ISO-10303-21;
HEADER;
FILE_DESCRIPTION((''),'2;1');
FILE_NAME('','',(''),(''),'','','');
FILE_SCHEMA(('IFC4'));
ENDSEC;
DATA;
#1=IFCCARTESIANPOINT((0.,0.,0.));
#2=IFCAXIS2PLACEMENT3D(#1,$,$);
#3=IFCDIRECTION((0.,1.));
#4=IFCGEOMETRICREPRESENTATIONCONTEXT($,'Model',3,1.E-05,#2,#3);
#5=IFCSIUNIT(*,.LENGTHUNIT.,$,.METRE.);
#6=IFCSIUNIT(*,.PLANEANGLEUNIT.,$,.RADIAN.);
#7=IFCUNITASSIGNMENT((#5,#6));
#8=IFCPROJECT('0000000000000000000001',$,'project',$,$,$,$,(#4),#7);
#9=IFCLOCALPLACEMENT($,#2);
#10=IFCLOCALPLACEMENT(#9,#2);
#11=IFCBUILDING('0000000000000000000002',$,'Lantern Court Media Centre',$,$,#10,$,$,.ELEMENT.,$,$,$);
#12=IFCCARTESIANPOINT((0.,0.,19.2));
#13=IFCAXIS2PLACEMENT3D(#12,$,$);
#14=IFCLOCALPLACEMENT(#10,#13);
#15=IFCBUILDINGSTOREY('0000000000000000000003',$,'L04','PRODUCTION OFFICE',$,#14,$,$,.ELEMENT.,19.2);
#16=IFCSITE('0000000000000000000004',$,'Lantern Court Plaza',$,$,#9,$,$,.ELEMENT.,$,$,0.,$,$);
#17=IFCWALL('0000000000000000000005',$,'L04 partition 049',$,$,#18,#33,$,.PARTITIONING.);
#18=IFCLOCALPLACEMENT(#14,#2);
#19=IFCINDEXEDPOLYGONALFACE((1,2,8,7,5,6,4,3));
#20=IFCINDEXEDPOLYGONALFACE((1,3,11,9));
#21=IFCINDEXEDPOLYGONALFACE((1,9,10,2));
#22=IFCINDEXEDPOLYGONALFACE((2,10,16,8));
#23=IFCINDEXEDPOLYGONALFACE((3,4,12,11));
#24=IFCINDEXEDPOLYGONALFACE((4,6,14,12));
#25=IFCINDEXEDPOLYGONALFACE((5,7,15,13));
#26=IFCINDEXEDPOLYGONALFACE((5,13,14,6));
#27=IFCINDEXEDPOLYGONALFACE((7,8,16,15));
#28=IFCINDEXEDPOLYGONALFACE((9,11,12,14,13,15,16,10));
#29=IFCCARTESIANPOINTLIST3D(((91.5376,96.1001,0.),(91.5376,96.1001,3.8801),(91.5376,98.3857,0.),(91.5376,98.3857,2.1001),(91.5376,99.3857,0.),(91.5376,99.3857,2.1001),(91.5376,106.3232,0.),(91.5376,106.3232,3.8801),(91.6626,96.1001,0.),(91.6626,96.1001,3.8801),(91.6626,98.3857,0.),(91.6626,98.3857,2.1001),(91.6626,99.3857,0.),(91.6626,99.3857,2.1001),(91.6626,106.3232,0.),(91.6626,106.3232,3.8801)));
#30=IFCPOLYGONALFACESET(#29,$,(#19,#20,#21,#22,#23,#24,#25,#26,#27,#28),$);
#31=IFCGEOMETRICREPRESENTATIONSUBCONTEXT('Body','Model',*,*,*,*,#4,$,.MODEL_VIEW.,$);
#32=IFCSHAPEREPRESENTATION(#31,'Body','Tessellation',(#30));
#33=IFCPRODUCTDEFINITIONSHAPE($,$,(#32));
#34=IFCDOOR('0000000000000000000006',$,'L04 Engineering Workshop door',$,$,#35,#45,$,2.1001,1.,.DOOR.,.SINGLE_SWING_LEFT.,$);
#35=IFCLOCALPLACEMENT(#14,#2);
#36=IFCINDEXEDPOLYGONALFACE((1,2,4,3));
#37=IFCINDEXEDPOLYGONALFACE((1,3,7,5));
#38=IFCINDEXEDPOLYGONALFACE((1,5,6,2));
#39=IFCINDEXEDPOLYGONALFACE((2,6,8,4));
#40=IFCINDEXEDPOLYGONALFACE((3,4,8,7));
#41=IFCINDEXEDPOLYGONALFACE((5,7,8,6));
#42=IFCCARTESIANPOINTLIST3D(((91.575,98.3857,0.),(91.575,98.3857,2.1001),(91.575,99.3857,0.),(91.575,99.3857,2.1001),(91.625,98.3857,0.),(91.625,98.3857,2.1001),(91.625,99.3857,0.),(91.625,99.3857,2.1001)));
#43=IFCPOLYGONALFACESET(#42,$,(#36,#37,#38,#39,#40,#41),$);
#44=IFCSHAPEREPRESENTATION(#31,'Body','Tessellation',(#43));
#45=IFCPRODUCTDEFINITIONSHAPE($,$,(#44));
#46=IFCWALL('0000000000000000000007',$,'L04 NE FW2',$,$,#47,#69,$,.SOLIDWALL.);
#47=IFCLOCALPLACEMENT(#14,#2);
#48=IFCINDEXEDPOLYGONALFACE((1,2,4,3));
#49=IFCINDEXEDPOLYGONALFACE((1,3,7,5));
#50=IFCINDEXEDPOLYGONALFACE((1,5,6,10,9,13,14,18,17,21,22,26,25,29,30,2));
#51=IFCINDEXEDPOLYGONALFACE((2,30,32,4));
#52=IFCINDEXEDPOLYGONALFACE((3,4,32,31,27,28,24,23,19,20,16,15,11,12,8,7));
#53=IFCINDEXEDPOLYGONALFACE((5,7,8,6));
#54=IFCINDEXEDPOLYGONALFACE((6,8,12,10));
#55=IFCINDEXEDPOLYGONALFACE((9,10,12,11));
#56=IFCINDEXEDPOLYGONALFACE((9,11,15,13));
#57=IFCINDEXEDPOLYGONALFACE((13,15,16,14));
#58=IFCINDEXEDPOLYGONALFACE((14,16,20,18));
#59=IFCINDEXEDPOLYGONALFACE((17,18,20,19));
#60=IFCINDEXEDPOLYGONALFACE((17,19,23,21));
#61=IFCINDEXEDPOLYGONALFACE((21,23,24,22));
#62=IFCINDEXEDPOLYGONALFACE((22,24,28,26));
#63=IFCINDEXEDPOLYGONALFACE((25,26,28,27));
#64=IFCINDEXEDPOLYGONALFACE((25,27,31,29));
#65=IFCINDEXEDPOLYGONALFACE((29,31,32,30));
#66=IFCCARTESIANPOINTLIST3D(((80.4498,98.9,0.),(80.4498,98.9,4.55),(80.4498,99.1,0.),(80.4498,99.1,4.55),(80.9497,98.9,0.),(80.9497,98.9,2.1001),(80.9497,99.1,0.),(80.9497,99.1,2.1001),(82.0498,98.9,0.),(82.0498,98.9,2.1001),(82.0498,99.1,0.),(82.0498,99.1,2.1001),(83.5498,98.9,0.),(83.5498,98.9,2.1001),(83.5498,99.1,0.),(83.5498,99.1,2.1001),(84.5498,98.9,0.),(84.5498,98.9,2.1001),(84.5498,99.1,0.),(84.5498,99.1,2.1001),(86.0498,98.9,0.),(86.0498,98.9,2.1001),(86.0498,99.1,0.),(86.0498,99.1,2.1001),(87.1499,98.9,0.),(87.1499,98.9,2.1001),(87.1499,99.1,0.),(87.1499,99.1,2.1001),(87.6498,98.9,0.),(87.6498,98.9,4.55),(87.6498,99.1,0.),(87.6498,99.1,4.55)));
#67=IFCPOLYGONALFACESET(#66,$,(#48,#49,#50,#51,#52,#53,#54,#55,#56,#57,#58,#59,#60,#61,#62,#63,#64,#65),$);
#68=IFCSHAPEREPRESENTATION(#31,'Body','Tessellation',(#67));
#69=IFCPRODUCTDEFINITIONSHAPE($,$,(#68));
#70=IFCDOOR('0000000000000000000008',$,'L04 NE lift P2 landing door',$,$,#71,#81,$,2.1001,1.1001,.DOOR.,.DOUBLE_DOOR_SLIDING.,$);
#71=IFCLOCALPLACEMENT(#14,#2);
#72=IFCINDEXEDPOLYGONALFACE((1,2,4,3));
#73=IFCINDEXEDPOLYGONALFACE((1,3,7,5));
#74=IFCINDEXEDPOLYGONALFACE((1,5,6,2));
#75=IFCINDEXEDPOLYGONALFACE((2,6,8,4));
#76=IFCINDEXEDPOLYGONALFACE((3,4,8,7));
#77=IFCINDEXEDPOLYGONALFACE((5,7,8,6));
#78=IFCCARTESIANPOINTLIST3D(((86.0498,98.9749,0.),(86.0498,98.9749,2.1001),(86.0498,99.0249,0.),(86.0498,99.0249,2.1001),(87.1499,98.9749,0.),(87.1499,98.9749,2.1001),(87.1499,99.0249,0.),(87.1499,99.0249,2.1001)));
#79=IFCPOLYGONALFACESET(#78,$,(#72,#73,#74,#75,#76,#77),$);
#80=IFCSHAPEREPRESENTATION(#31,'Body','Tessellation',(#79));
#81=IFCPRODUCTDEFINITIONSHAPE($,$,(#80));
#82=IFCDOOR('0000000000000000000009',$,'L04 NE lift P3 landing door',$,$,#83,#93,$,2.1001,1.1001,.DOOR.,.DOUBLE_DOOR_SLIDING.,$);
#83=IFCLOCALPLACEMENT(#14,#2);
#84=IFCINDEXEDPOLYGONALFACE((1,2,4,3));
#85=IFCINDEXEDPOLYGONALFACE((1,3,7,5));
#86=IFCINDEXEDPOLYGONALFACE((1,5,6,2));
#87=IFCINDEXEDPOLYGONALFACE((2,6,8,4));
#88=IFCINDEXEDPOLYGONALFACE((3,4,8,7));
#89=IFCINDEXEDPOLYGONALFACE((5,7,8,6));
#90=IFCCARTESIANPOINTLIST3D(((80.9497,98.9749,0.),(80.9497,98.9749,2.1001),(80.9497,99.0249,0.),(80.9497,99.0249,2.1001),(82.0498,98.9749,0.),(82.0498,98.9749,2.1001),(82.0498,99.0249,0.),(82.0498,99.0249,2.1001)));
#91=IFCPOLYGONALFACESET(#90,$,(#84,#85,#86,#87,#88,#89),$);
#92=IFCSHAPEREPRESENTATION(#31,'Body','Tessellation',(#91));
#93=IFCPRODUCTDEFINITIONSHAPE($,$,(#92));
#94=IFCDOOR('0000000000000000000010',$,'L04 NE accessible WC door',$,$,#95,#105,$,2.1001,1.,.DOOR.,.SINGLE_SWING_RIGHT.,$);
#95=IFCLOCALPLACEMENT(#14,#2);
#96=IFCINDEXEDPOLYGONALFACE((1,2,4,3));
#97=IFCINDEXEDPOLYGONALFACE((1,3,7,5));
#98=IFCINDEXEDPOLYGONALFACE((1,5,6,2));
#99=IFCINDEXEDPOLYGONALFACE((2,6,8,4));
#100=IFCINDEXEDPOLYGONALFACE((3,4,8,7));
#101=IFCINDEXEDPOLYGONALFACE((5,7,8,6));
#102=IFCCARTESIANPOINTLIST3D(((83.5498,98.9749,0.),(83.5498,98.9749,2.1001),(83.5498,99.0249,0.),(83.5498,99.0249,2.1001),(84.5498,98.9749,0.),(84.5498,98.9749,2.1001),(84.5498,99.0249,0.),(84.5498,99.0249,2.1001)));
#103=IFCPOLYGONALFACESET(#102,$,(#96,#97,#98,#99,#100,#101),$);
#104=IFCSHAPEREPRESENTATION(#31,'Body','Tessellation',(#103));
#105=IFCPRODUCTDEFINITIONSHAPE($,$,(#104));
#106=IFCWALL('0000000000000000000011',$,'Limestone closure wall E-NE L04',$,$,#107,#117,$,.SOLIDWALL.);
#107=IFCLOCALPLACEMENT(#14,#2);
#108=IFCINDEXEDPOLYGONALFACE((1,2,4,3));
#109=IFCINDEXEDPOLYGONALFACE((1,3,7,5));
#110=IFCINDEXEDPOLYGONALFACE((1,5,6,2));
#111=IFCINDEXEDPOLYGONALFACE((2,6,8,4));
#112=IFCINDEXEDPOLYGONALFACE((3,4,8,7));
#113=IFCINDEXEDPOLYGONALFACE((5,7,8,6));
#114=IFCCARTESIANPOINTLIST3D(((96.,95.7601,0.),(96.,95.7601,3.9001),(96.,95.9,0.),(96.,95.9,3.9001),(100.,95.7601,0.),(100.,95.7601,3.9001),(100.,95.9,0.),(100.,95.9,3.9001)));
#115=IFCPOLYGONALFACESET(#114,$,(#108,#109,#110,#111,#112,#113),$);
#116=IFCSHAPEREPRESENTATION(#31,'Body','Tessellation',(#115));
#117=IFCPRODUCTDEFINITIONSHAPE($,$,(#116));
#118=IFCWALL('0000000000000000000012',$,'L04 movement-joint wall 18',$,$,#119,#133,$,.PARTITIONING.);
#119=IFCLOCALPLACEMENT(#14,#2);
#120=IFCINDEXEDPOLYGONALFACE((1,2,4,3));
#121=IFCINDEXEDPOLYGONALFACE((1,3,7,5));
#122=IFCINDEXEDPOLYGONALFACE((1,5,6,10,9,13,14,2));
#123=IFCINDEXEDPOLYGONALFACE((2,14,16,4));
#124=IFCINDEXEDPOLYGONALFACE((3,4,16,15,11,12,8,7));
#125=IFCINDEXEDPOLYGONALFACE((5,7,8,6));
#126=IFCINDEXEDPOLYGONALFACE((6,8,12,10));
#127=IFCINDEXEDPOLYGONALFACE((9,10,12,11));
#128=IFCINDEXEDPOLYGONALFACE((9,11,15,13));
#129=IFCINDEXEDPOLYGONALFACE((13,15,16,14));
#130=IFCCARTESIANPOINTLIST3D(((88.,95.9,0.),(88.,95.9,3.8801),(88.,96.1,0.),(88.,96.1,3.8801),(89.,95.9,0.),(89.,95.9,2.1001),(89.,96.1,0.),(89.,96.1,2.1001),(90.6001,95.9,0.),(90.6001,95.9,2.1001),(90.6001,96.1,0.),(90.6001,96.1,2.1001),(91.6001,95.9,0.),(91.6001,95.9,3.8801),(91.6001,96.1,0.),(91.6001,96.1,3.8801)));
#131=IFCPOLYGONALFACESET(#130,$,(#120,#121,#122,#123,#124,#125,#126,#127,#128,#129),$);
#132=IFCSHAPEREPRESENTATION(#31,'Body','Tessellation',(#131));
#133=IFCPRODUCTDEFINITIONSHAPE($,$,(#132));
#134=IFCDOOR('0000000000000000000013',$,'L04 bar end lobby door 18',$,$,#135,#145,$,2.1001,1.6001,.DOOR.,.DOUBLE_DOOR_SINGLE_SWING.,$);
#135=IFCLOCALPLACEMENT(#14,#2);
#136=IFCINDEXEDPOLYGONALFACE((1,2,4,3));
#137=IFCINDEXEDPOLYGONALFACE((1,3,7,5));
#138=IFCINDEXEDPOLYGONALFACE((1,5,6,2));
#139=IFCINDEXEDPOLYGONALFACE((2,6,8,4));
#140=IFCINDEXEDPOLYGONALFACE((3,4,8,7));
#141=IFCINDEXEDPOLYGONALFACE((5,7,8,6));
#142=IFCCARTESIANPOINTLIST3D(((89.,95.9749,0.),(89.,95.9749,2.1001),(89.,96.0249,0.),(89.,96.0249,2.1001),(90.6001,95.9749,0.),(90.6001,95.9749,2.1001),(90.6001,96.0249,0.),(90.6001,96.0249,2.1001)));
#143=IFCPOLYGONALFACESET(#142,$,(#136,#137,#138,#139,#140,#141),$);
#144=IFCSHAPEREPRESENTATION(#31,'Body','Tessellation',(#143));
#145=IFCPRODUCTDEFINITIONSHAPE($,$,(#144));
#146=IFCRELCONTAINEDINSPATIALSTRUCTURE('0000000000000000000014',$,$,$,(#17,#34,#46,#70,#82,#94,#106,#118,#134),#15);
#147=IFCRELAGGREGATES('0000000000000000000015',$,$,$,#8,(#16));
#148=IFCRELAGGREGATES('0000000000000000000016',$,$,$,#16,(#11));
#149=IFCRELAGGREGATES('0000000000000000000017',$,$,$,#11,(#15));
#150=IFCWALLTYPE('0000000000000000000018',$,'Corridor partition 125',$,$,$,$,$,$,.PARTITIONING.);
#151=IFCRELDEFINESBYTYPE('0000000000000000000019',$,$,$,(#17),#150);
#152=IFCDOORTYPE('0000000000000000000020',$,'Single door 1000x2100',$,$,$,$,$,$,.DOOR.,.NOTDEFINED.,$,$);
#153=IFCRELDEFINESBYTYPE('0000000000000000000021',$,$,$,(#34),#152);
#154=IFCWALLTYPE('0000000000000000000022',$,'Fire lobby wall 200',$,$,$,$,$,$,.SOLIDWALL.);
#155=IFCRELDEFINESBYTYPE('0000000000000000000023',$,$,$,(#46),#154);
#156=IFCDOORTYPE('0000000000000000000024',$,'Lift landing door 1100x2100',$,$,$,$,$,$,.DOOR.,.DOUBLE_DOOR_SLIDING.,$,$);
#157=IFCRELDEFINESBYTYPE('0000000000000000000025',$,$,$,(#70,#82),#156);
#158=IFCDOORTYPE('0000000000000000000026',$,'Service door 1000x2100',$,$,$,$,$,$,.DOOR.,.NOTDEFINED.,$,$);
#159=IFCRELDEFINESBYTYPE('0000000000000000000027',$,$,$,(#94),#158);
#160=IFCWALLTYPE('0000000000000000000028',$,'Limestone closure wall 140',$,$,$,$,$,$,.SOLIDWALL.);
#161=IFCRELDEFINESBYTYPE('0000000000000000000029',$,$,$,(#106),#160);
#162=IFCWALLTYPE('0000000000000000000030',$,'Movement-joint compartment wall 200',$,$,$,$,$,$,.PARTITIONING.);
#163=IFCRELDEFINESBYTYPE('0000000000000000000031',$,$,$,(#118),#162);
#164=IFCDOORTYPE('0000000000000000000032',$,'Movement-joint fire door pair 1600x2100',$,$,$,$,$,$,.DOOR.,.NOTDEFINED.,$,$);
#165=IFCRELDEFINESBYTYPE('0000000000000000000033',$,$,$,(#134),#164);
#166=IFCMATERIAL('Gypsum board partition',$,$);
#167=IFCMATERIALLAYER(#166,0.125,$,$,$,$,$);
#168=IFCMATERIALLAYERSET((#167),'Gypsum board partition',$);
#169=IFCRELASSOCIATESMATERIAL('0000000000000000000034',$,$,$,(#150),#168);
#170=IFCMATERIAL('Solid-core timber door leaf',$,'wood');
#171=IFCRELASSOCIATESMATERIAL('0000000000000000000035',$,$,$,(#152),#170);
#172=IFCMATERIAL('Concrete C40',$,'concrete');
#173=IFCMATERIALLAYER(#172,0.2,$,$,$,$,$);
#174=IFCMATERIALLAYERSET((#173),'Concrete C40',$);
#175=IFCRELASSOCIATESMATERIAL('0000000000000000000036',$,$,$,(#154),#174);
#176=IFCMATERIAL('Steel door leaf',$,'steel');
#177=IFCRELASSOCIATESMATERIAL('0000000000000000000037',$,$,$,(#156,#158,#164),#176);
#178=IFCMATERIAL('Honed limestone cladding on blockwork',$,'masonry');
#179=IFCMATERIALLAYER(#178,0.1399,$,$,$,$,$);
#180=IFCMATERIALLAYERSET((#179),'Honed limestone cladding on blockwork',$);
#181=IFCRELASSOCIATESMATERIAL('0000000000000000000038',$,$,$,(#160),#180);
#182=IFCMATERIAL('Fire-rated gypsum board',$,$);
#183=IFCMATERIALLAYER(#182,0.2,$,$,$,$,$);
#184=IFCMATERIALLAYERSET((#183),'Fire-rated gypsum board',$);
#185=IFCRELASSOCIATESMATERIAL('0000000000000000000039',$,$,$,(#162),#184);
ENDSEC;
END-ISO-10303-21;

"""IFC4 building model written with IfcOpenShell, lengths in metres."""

from ifc_helpers import new_model, si_unit, direction, frame, frame_2d, origin, place, context, subcontext, project, spatial, rectangle, extrude, material, layer, layer_set, type_object, element, fill, save


model = new_model("IFC4")

# Units and contexts
model_context = context("Model", 3, precision=1e-05, world=origin(), true_north=direction((0.0, 1.0)))
body_context = subcontext(model_context, "Body", "Model", "MODEL_VIEW")
ifc_project = project(units=[si_unit("LENGTHUNIT", "METRE"), si_unit("PLANEANGLEUNIT", "RADIAN")], contexts=[model_context])

# Site, building, storey
site_placement = place(None, origin())
site = spatial("IfcSite", under=ifc_project, at=site_placement, Name="Lantern Court Plaza", CompositionType="ELEMENT", RefElevation=0.0)
building_placement = place(site_placement, origin())
building = spatial("IfcBuilding", under=site, at=building_placement, Name="Lantern Court Media Centre", CompositionType="ELEMENT")
storey_placement = place(building_placement, frame((0.0, 0.0, 19.2)))
storey = spatial("IfcBuildingStorey", under=building, at=storey_placement, Name="L04", Description="PRODUCTION OFFICE", CompositionType="ELEMENT", Elevation=19.2)

# Wall, opening, door
ifc_material_1 = material(Name="Gypsum board partition")
ifc_layer_1 = layer(ifc_material_1, 0.125)
ifc_layer_set_1 = layer_set([ifc_layer_1], Name="Gypsum board partition")
wall_type_1 = type_object("IfcWallType", Name="Corridor partition 125", PredefinedType="PARTITIONING", material=ifc_layer_set_1)
ifc_material_2 = material(Name="Solid-core timber door leaf", Category="wood")
wall_1_placement = place(storey_placement, frame((91.6001, 96.1001, 0.0), z_axis=(0.0, 0.0, 1.0), x_axis=(0.0, 1.0, 0.0)))
wall_1 = element("IfcWall", 1, at=wall_1_placement, inside=storey, type_object=wall_type_1, Name="L04 partition 049", PredefinedType="PARTITIONING", context=body_context, shape_type="SweptSolid", body=[
    extrude(rectangle(XDim=10.2231, YDim=0.125, at=frame_2d((5.1116, 0.0))), origin(), (0.0, 0.0, 1.0), 3.8801),
])
opening_1_placement = place(wall_1_placement, frame((2.2856, 0.0, 0.0)))
opening_1 = element("IfcOpeningElement", 2, at=opening_1_placement, cuts=wall_1, PredefinedType="OPENING", context=body_context, shape_type="SweptSolid", body=[
    extrude(rectangle(XDim=1.0, YDim=2.1001, at=frame_2d((0.5, 1.05))), frame((0.0, 0.0725, 0.0), z_axis=(0.0, -1.0, 0.0), x_axis=(1.0, 0.0, 0.0)), (0.0, 0.0, 1.0), 0.145),
])
door_type_1 = type_object("IfcDoorType", Name="Single door 1000x2100", OperationType="NOTDEFINED", PredefinedType="DOOR", material=ifc_material_2)
door_1_placement = place(opening_1_placement, frame((1.0, 0.0, 0.0), z_axis=(0.0, 0.0, 1.0), x_axis=(-1.0, 0.0, 0.0)))
door_1 = element("IfcDoor", 3, at=door_1_placement, inside=storey, type_object=door_type_1, Name="L04 Engineering Workshop door", OperationType="SINGLE_SWING_LEFT", OverallHeight=2.1001, OverallWidth=1.0, PredefinedType="DOOR", context=body_context, shape_type="SweptSolid", body=[
    extrude(rectangle(XDim=1.0, YDim=2.1001, at=frame_2d((0.5, 1.05))), frame((0.0, 0.0249, 0.0), z_axis=(0.0, -1.0, 0.0), x_axis=(1.0, 0.0, 0.0)), (0.0, 0.0, 1.0), 0.05),
])
fill(opening_1, door_1)

# Wall, openings, doors
ifc_material_3 = material(Name="Concrete C40", Category="concrete")
ifc_layer_2 = layer(ifc_material_3, 0.2)
ifc_layer_set_2 = layer_set([ifc_layer_2], Name="Concrete C40")
wall_type_2 = type_object("IfcWallType", Name="Fire lobby wall 200", PredefinedType="SOLIDWALL", material=ifc_layer_set_2)
wall_2_placement = place(storey_placement, frame((87.6499, 99.0, 0.0), z_axis=(0.0, 0.0, 1.0), x_axis=(-1.0, 0.0, 0.0)))
wall_2 = element("IfcWall", 4, at=wall_2_placement, inside=storey, type_object=wall_type_2, Name="L04 NE FW2", PredefinedType="SOLIDWALL", context=body_context, shape_type="SweptSolid", body=[
    extrude(rectangle(XDim=7.2, YDim=0.2, at=frame_2d((3.6001, 0.0))), origin(), (0.0, 0.0, 1.0), 4.55),
])
opening_2_placement = place(wall_2_placement, frame((0.5, 0.0, 0.0)))
opening_2 = element("IfcOpeningElement", 5, at=opening_2_placement, cuts=wall_2, PredefinedType="OPENING", context=body_context, shape_type="SweptSolid", body=[
    extrude(rectangle(XDim=1.1001, YDim=2.1001, at=frame_2d((0.55, 1.05))), frame((0.0, 0.1099, 0.0), z_axis=(0.0, -1.0, 0.0), x_axis=(1.0, 0.0, 0.0)), (0.0, 0.0, 1.0), 0.22),
])
opening_3_placement = place(wall_2_placement, frame((5.6001, 0.0, 0.0)))
opening_3 = element("IfcOpeningElement", 6, at=opening_3_placement, cuts=wall_2, PredefinedType="OPENING", context=body_context, shape_type="SweptSolid", body=[
    extrude(rectangle(XDim=1.1001, YDim=2.1001, at=frame_2d((0.55, 1.05))), frame((0.0, 0.1099, 0.0), z_axis=(0.0, -1.0, 0.0), x_axis=(1.0, 0.0, 0.0)), (0.0, 0.0, 1.0), 0.22),
])
opening_4_placement = place(wall_2_placement, frame((3.1001, 0.0, 0.0)))
opening_4 = element("IfcOpeningElement", 7, at=opening_4_placement, cuts=wall_2, PredefinedType="OPENING", context=body_context, shape_type="SweptSolid", body=[
    extrude(rectangle(XDim=1.0, YDim=2.1001, at=frame_2d((0.5, 1.05))), frame((0.0, 0.1099, 0.0), z_axis=(0.0, -1.0, 0.0), x_axis=(1.0, 0.0, 0.0)), (0.0, 0.0, 1.0), 0.22),
])
ifc_material_4 = material(Name="Steel door leaf", Category="steel")
door_type_2 = type_object("IfcDoorType", Name="Lift landing door 1100x2100", OperationType="DOUBLE_DOOR_SLIDING", PredefinedType="DOOR", material=ifc_material_4)
door_2_placement = place(opening_2_placement, frame((1.1001, 0.0, 0.0), z_axis=(0.0, 0.0, 1.0), x_axis=(-1.0, 0.0, 0.0)))
door_2 = element("IfcDoor", 8, at=door_2_placement, inside=storey, type_object=door_type_2, Name="L04 NE lift P2 landing door", OperationType="DOUBLE_DOOR_SLIDING", OverallHeight=2.1001, OverallWidth=1.1001, PredefinedType="DOOR", context=body_context, shape_type="SweptSolid", body=[
    extrude(rectangle(XDim=1.1001, YDim=2.1001, at=frame_2d((0.55, 1.05))), frame((0.0, 0.0249, 0.0), z_axis=(0.0, -1.0, 0.0), x_axis=(1.0, 0.0, 0.0)), (0.0, 0.0, 1.0), 0.05),
])
fill(opening_2, door_2)
door_3_placement = place(opening_3_placement, frame((1.1001, 0.0, 0.0), z_axis=(0.0, 0.0, 1.0), x_axis=(-1.0, 0.0, 0.0)))
door_3 = element("IfcDoor", 9, at=door_3_placement, inside=storey, type_object=door_type_2, Name="L04 NE lift P3 landing door", OperationType="DOUBLE_DOOR_SLIDING", OverallHeight=2.1001, OverallWidth=1.1001, PredefinedType="DOOR", context=body_context, shape_type="SweptSolid", body=[
    extrude(rectangle(XDim=1.1001, YDim=2.1001, at=frame_2d((0.55, 1.05))), frame((0.0, 0.0249, 0.0), z_axis=(0.0, -1.0, 0.0), x_axis=(1.0, 0.0, 0.0)), (0.0, 0.0, 1.0), 0.05),
])
fill(opening_3, door_3)
door_type_3 = type_object("IfcDoorType", Name="Service door 1000x2100", OperationType="NOTDEFINED", PredefinedType="DOOR", material=ifc_material_4)
door_4_placement = place(opening_4_placement, frame((1.0, 0.0, 0.0), z_axis=(0.0, 0.0, 1.0), x_axis=(-1.0, 0.0, 0.0)))
door_4 = element("IfcDoor", 10, at=door_4_placement, inside=storey, type_object=door_type_3, Name="L04 NE accessible WC door", OperationType="SINGLE_SWING_RIGHT", OverallHeight=2.1001, OverallWidth=1.0, PredefinedType="DOOR", context=body_context, shape_type="SweptSolid", body=[
    extrude(rectangle(XDim=1.0, YDim=2.1001, at=frame_2d((0.5, 1.05))), frame((0.0, 0.0249, 0.0), z_axis=(0.0, -1.0, 0.0), x_axis=(1.0, 0.0, 0.0)), (0.0, 0.0, 1.0), 0.05),
])
fill(opening_4, door_4)

# Wall
ifc_material_5 = material(Name="Honed limestone cladding on blockwork", Category="masonry")
ifc_layer_3 = layer(ifc_material_5, 0.1399)
ifc_layer_set_3 = layer_set([ifc_layer_3], Name="Honed limestone cladding on blockwork")
wall_type_3 = type_object("IfcWallType", Name="Limestone closure wall 140", PredefinedType="SOLIDWALL", material=ifc_layer_set_3)
wall_3_placement = place(storey_placement, frame((96.0, 95.8301, 0.0), z_axis=(0.0, 0.0, 1.0), x_axis=(1.0, 0.0, 0.0)))
element("IfcWall", 11, at=wall_3_placement, inside=storey, type_object=wall_type_3, Name="Limestone closure wall E-NE L04", PredefinedType="SOLIDWALL", context=body_context, shape_type="SweptSolid", body=[
    extrude(rectangle(XDim=4.0, YDim=0.1399, at=frame_2d((2.0, 0.0))), origin(), (0.0, 0.0, 1.0), 3.9001),
])

# Wall, opening, door
ifc_material_6 = material(Name="Fire-rated gypsum board")
ifc_layer_4 = layer(ifc_material_6, 0.2)
ifc_layer_set_4 = layer_set([ifc_layer_4], Name="Fire-rated gypsum board")
wall_type_4 = type_object("IfcWallType", Name="Movement-joint compartment wall 200", PredefinedType="PARTITIONING", material=ifc_layer_set_4)
wall_4_placement = place(storey_placement, frame((88.0, 96.0, 0.0), z_axis=(0.0, 0.0, 1.0), x_axis=(1.0, 0.0, 0.0)))
wall_4 = element("IfcWall", 12, at=wall_4_placement, inside=storey, type_object=wall_type_4, Name="L04 movement-joint wall 18", PredefinedType="PARTITIONING", context=body_context, shape_type="SweptSolid", body=[
    extrude(rectangle(XDim=3.6001, YDim=0.2, at=frame_2d((1.8, 0.0))), origin(), (0.0, 0.0, 1.0), 3.8801),
])
opening_5_placement = place(wall_4_placement, frame((1.0, 0.0, 0.0)))
opening_5 = element("IfcOpeningElement", 13, at=opening_5_placement, cuts=wall_4, PredefinedType="OPENING", context=body_context, shape_type="SweptSolid", body=[
    extrude(rectangle(XDim=1.6001, YDim=2.1001, at=frame_2d((0.8, 1.05))), frame((0.0, 0.1099, 0.0), z_axis=(0.0, -1.0, 0.0), x_axis=(1.0, 0.0, 0.0)), (0.0, 0.0, 1.0), 0.22),
])
door_type_4 = type_object("IfcDoorType", Name="Movement-joint fire door pair 1600x2100", OperationType="NOTDEFINED", PredefinedType="DOOR", material=ifc_material_4)
door_5_placement = place(opening_5_placement, origin())
door_5 = element("IfcDoor", 14, at=door_5_placement, inside=storey, type_object=door_type_4, Name="L04 bar end lobby door 18", OperationType="DOUBLE_DOOR_SINGLE_SWING", OverallHeight=2.1001, OverallWidth=1.6001, PredefinedType="DOOR", context=body_context, shape_type="SweptSolid", body=[
    extrude(rectangle(XDim=1.6001, YDim=2.1001, at=frame_2d((0.8, 1.05))), frame((0.0, 0.0249, 0.0), z_axis=(0.0, -1.0, 0.0), x_axis=(1.0, 0.0, 0.0)), (0.0, 0.0, 1.0), 0.05),
])
fill(opening_5, door_5)

save(model, "model.ifc")
